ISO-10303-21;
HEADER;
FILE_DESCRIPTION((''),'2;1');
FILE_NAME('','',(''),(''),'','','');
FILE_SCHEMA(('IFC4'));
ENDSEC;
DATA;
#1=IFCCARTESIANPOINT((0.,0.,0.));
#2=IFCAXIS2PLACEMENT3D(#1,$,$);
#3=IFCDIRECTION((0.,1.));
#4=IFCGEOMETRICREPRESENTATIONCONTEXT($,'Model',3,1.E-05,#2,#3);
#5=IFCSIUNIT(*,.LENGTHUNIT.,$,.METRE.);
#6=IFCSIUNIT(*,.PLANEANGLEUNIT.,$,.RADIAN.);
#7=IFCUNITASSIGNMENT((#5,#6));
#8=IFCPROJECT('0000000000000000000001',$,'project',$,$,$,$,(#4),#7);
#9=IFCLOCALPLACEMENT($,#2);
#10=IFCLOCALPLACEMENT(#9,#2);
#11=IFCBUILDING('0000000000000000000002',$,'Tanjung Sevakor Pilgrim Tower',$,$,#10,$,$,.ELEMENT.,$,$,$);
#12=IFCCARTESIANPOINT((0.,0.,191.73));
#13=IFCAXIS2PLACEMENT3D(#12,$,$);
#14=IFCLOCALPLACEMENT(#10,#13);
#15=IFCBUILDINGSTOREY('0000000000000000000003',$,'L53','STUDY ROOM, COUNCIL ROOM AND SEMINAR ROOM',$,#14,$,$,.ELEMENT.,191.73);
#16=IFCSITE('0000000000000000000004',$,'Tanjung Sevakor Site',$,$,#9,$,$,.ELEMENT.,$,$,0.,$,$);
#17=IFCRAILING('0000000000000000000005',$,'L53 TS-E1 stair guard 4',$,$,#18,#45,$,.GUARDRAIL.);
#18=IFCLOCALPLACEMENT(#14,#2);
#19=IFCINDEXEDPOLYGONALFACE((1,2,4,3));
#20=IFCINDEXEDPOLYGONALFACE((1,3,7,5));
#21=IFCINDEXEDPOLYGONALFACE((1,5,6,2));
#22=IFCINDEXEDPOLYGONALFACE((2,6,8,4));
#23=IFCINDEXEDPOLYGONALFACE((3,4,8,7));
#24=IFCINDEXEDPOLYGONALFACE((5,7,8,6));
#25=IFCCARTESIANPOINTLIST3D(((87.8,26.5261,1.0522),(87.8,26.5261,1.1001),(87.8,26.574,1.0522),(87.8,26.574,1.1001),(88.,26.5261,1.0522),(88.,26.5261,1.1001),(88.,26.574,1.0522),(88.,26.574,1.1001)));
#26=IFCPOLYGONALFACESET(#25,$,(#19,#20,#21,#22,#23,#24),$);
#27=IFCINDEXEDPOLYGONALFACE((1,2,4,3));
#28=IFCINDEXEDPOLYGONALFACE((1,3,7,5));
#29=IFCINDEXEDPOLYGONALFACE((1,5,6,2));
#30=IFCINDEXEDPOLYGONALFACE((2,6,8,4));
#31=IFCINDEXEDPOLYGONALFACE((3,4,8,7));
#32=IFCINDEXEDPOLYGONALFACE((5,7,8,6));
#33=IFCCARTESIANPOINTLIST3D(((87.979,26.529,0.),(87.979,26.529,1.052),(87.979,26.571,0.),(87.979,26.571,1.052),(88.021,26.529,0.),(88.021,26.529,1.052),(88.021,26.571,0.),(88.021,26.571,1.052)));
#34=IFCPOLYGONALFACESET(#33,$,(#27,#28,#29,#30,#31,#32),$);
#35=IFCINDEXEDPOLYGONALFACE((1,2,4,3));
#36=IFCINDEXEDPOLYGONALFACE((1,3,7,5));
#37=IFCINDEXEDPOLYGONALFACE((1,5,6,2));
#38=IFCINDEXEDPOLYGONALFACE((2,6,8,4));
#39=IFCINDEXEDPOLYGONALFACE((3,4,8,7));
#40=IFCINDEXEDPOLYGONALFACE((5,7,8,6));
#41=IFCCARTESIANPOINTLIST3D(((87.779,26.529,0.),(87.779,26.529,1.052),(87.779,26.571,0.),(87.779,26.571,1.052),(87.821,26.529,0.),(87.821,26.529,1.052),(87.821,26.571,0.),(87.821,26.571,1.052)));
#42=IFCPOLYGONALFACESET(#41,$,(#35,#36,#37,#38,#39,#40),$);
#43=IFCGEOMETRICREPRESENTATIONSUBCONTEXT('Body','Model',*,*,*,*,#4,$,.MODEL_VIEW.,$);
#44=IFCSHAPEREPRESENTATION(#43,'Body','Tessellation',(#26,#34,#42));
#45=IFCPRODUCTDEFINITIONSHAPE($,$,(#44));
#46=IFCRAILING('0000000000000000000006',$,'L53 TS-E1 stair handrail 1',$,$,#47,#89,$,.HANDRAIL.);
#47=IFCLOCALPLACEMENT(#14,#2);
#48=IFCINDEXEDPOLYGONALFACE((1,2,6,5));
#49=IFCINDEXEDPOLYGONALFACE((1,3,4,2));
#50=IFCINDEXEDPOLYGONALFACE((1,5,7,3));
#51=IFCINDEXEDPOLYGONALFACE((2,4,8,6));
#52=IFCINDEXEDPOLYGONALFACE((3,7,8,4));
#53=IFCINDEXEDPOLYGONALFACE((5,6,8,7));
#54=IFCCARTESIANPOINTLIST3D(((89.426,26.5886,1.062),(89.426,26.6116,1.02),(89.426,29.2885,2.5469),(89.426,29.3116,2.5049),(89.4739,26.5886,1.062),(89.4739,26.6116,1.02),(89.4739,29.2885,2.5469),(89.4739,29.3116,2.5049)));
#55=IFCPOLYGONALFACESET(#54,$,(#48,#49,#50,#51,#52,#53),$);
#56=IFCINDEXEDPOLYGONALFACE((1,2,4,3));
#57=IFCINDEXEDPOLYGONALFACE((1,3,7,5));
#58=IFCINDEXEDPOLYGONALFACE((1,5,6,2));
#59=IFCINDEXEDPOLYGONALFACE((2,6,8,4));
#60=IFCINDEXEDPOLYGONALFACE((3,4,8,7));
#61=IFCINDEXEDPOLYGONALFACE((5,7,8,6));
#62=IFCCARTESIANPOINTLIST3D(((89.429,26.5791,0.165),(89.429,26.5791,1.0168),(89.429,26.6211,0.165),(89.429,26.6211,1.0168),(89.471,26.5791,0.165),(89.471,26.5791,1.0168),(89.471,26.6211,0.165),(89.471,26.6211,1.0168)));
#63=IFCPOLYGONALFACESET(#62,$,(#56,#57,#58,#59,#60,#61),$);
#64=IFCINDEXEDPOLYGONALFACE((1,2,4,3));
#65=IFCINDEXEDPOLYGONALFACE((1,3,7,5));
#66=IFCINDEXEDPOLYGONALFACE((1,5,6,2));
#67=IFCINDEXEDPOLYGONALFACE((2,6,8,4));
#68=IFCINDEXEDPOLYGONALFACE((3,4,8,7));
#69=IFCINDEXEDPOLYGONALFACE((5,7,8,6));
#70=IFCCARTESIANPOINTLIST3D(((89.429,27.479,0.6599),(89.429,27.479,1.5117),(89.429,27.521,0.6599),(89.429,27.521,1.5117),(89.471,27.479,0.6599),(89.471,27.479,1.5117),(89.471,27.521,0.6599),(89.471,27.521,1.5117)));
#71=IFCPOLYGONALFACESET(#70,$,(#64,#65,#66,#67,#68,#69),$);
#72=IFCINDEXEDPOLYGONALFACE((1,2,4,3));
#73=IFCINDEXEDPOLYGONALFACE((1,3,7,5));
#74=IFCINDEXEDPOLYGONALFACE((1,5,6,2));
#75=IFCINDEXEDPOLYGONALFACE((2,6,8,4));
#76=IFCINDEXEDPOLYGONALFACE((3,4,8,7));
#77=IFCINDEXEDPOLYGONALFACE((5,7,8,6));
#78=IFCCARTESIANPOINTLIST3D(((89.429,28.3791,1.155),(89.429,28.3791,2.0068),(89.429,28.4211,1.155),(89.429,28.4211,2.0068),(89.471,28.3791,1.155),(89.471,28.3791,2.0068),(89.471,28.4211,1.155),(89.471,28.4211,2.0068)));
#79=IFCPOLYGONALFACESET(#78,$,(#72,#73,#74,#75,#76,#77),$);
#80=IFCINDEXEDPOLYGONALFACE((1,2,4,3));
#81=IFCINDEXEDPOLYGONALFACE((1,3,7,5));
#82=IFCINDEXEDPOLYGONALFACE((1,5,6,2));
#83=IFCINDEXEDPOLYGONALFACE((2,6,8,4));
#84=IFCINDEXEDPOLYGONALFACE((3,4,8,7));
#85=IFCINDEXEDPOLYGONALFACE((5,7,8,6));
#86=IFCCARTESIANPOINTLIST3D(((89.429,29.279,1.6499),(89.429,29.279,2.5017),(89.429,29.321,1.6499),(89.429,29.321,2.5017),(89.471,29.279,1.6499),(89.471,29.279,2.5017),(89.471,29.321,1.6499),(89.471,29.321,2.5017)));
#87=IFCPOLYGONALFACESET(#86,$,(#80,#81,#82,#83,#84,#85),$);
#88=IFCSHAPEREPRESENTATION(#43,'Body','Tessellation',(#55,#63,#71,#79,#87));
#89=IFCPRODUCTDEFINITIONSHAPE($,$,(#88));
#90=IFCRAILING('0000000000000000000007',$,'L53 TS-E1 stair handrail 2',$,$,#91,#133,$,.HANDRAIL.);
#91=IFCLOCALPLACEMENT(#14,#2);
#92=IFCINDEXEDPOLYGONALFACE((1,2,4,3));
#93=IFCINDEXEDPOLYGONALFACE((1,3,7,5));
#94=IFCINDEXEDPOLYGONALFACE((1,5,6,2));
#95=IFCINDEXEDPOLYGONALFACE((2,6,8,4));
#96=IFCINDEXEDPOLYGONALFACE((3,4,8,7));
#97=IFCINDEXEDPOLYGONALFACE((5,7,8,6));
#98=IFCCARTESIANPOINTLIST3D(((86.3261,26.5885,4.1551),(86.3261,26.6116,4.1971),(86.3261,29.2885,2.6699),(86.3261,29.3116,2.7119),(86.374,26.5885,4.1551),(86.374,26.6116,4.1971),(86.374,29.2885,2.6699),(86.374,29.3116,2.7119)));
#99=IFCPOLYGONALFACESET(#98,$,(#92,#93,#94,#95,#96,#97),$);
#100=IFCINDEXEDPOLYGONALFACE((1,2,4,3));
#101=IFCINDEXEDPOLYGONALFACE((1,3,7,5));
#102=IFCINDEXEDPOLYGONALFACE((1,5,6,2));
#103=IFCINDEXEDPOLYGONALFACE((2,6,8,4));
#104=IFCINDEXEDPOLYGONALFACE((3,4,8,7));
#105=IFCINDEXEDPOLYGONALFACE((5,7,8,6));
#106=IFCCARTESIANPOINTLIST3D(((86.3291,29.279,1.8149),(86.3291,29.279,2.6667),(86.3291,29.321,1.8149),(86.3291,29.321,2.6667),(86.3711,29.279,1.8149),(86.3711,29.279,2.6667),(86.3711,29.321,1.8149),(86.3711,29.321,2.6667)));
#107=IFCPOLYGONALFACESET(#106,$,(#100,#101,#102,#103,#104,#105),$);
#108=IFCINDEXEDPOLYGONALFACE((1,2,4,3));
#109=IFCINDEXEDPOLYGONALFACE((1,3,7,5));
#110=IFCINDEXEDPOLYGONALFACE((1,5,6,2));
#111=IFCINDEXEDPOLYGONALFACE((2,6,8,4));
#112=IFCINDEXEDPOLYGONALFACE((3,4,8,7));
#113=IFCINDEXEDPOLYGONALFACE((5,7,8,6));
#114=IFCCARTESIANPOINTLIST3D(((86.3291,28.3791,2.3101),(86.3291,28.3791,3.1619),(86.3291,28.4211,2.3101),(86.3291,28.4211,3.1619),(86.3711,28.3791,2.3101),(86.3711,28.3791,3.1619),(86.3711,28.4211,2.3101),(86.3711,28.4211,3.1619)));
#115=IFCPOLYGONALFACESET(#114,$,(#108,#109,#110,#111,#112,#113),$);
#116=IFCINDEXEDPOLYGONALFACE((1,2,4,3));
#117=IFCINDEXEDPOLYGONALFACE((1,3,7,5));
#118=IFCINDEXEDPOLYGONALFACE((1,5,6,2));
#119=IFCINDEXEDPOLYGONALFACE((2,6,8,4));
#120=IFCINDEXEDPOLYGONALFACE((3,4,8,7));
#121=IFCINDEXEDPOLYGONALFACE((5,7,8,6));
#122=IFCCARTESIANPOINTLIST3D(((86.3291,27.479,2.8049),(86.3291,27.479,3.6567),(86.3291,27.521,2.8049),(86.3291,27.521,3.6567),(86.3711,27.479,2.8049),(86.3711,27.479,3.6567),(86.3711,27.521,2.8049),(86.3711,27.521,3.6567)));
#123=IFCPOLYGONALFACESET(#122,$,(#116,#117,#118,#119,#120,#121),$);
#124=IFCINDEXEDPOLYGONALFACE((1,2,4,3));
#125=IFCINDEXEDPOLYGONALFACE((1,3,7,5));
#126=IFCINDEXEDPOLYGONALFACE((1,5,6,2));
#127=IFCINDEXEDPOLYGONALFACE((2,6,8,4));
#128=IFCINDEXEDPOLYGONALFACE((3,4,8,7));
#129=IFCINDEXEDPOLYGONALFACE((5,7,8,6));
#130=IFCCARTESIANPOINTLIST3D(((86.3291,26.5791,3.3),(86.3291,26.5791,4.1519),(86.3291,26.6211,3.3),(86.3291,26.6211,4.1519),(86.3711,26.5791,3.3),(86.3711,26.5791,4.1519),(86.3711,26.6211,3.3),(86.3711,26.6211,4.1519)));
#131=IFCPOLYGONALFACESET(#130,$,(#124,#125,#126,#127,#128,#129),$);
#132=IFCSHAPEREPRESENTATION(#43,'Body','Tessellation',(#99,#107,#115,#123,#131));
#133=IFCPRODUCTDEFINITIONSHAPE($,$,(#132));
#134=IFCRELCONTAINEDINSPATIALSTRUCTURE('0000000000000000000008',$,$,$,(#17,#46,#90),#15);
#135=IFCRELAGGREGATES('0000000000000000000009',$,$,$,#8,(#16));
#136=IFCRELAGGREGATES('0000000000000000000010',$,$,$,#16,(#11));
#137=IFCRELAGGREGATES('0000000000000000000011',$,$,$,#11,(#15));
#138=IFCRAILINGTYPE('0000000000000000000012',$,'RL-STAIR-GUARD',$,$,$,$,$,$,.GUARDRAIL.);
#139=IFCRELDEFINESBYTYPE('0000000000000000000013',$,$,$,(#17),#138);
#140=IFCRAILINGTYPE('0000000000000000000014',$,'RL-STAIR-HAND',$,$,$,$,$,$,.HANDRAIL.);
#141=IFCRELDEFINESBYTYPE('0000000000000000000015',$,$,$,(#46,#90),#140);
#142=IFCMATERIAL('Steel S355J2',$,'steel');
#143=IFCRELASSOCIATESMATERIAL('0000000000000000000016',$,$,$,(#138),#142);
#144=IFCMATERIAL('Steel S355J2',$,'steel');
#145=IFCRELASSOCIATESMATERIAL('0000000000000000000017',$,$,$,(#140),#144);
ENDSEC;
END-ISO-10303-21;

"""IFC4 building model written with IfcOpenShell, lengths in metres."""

from ifc_helpers import new_model, si_unit, direction, frame, origin, place, context, subcontext, project, spatial, rectangle, extrude, material, type_object, element, save


model = new_model("IFC4")

# Units and contexts
model_context = context("Model", 3, precision=1e-05, world=origin(), true_north=direction((0.0, 1.0)))
body_context = subcontext(model_context, "Body", "Model", "MODEL_VIEW")
ifc_project = project(units=[si_unit("LENGTHUNIT", "METRE"), si_unit("PLANEANGLEUNIT", "RADIAN")], contexts=[model_context])

# Site, building, storey
site_placement = place(None, origin())
site = spatial("IfcSite", under=ifc_project, at=site_placement, Name="Tanjung Sevakor Site", CompositionType="ELEMENT", RefElevation=0.0)
building_placement = place(site_placement, origin())
building = spatial("IfcBuilding", under=site, at=building_placement, Name="Tanjung Sevakor Pilgrim Tower", CompositionType="ELEMENT")
storey_placement = place(building_placement, frame((0.0, 0.0, 191.73)))
storey = spatial("IfcBuildingStorey", under=building, at=storey_placement, Name="L53", Description="STUDY ROOM, COUNCIL ROOM AND SEMINAR ROOM", CompositionType="ELEMENT", Elevation=191.73)

# Railings
ifc_material_1 = material(Name="Steel S355J2", Category="steel")
railing_type_1 = type_object("IfcRailingType", Name="RL-STAIR-GUARD", PredefinedType="GUARDRAIL", material=ifc_material_1)
railing_1_placement = place(storey_placement, frame((88.0, 26.55, 0.0)))
element("IfcRailing", 1, at=railing_1_placement, inside=storey, type_object=railing_type_1, Name="L53 TS-E1 stair guard 4", PredefinedType="GUARDRAIL", context=body_context, shape_type="SweptSolid", body=[
    extrude(rectangle(XDim=0.0479, YDim=0.0479), frame((0.0, 0.0, 1.0762), z_axis=(-1.0, 0.0, 0.0), x_axis=(0.0, -1.0, 0.0)), (0.0, 0.0, 1.0), 0.2),
    extrude(rectangle(XDim=0.042, YDim=0.042), origin(), (0.0, 0.0, 1.0), 1.052),
    extrude(rectangle(XDim=0.042, YDim=0.042), frame((-0.2, 0.0, 0.0)), (0.0, 0.0, 1.0), 1.052),
])
ifc_material_2 = material(Name="Steel S355J2", Category="steel")
railing_type_2 = type_object("IfcRailingType", Name="RL-STAIR-HAND", PredefinedType="HANDRAIL", material=ifc_material_2)
railing_2_placement = place(storey_placement, frame((89.45, 26.6001, 0.165)))
element("IfcRailing", 2, at=railing_2_placement, inside=storey, type_object=railing_type_2, Name="L53 TS-E1 stair handrail 1", PredefinedType="HANDRAIL", context=body_context, shape_type="SweptSolid", body=[
    extrude(rectangle(XDim=0.0479, YDim=0.0479), frame((0.0, 0.0, 0.876), z_axis=(0.0, 0.876231, 0.481891), x_axis=(-1.0, 0.0, 0.0)), (0.0, 0.0, 1.0), 3.0813),
    extrude(rectangle(XDim=0.042, YDim=0.042), origin(), (0.0, 0.0, 1.0), 0.8518),
    extrude(rectangle(XDim=0.042, YDim=0.042), frame((0.0, 0.8999, 0.4949)), (0.0, 0.0, 1.0), 0.8518),
    extrude(rectangle(XDim=0.042, YDim=0.042), frame((0.0, 1.8, 0.99)), (0.0, 0.0, 1.0), 0.8518),
    extrude(rectangle(XDim=0.042, YDim=0.042), frame((0.0, 2.7, 1.4849)), (0.0, 0.0, 1.0), 0.8518),
])
railing_3_placement = place(storey_placement, frame((86.3501, 29.3, 1.8149)))
element("IfcRailing", 3, at=railing_3_placement, inside=storey, type_object=railing_type_2, Name="L53 TS-E1 stair handrail 2", PredefinedType="HANDRAIL", context=body_context, shape_type="SweptSolid", body=[
    extrude(rectangle(XDim=0.0479, YDim=0.0479), frame((0.0, 0.0, 0.876), z_axis=(0.0, -0.876198, 0.481952), x_axis=(1.0, 0.0, 0.0)), (0.0, 0.0, 1.0), 3.0815),
    extrude(rectangle(XDim=0.042, YDim=0.042), origin(), (0.0, 0.0, 1.0), 0.8518),
    extrude(rectangle(XDim=0.042, YDim=0.042), frame((0.0, -0.8999, 0.4951)), (0.0, 0.0, 1.0), 0.8518),
    extrude(rectangle(XDim=0.042, YDim=0.042), frame((0.0, -1.8, 0.99)), (0.0, 0.0, 1.0), 0.8518),
    extrude(rectangle(XDim=0.042, YDim=0.042), frame((0.0, -2.7, 1.4851)), (0.0, 0.0, 1.0), 0.8518),
])

save(model, "model.ifc")
